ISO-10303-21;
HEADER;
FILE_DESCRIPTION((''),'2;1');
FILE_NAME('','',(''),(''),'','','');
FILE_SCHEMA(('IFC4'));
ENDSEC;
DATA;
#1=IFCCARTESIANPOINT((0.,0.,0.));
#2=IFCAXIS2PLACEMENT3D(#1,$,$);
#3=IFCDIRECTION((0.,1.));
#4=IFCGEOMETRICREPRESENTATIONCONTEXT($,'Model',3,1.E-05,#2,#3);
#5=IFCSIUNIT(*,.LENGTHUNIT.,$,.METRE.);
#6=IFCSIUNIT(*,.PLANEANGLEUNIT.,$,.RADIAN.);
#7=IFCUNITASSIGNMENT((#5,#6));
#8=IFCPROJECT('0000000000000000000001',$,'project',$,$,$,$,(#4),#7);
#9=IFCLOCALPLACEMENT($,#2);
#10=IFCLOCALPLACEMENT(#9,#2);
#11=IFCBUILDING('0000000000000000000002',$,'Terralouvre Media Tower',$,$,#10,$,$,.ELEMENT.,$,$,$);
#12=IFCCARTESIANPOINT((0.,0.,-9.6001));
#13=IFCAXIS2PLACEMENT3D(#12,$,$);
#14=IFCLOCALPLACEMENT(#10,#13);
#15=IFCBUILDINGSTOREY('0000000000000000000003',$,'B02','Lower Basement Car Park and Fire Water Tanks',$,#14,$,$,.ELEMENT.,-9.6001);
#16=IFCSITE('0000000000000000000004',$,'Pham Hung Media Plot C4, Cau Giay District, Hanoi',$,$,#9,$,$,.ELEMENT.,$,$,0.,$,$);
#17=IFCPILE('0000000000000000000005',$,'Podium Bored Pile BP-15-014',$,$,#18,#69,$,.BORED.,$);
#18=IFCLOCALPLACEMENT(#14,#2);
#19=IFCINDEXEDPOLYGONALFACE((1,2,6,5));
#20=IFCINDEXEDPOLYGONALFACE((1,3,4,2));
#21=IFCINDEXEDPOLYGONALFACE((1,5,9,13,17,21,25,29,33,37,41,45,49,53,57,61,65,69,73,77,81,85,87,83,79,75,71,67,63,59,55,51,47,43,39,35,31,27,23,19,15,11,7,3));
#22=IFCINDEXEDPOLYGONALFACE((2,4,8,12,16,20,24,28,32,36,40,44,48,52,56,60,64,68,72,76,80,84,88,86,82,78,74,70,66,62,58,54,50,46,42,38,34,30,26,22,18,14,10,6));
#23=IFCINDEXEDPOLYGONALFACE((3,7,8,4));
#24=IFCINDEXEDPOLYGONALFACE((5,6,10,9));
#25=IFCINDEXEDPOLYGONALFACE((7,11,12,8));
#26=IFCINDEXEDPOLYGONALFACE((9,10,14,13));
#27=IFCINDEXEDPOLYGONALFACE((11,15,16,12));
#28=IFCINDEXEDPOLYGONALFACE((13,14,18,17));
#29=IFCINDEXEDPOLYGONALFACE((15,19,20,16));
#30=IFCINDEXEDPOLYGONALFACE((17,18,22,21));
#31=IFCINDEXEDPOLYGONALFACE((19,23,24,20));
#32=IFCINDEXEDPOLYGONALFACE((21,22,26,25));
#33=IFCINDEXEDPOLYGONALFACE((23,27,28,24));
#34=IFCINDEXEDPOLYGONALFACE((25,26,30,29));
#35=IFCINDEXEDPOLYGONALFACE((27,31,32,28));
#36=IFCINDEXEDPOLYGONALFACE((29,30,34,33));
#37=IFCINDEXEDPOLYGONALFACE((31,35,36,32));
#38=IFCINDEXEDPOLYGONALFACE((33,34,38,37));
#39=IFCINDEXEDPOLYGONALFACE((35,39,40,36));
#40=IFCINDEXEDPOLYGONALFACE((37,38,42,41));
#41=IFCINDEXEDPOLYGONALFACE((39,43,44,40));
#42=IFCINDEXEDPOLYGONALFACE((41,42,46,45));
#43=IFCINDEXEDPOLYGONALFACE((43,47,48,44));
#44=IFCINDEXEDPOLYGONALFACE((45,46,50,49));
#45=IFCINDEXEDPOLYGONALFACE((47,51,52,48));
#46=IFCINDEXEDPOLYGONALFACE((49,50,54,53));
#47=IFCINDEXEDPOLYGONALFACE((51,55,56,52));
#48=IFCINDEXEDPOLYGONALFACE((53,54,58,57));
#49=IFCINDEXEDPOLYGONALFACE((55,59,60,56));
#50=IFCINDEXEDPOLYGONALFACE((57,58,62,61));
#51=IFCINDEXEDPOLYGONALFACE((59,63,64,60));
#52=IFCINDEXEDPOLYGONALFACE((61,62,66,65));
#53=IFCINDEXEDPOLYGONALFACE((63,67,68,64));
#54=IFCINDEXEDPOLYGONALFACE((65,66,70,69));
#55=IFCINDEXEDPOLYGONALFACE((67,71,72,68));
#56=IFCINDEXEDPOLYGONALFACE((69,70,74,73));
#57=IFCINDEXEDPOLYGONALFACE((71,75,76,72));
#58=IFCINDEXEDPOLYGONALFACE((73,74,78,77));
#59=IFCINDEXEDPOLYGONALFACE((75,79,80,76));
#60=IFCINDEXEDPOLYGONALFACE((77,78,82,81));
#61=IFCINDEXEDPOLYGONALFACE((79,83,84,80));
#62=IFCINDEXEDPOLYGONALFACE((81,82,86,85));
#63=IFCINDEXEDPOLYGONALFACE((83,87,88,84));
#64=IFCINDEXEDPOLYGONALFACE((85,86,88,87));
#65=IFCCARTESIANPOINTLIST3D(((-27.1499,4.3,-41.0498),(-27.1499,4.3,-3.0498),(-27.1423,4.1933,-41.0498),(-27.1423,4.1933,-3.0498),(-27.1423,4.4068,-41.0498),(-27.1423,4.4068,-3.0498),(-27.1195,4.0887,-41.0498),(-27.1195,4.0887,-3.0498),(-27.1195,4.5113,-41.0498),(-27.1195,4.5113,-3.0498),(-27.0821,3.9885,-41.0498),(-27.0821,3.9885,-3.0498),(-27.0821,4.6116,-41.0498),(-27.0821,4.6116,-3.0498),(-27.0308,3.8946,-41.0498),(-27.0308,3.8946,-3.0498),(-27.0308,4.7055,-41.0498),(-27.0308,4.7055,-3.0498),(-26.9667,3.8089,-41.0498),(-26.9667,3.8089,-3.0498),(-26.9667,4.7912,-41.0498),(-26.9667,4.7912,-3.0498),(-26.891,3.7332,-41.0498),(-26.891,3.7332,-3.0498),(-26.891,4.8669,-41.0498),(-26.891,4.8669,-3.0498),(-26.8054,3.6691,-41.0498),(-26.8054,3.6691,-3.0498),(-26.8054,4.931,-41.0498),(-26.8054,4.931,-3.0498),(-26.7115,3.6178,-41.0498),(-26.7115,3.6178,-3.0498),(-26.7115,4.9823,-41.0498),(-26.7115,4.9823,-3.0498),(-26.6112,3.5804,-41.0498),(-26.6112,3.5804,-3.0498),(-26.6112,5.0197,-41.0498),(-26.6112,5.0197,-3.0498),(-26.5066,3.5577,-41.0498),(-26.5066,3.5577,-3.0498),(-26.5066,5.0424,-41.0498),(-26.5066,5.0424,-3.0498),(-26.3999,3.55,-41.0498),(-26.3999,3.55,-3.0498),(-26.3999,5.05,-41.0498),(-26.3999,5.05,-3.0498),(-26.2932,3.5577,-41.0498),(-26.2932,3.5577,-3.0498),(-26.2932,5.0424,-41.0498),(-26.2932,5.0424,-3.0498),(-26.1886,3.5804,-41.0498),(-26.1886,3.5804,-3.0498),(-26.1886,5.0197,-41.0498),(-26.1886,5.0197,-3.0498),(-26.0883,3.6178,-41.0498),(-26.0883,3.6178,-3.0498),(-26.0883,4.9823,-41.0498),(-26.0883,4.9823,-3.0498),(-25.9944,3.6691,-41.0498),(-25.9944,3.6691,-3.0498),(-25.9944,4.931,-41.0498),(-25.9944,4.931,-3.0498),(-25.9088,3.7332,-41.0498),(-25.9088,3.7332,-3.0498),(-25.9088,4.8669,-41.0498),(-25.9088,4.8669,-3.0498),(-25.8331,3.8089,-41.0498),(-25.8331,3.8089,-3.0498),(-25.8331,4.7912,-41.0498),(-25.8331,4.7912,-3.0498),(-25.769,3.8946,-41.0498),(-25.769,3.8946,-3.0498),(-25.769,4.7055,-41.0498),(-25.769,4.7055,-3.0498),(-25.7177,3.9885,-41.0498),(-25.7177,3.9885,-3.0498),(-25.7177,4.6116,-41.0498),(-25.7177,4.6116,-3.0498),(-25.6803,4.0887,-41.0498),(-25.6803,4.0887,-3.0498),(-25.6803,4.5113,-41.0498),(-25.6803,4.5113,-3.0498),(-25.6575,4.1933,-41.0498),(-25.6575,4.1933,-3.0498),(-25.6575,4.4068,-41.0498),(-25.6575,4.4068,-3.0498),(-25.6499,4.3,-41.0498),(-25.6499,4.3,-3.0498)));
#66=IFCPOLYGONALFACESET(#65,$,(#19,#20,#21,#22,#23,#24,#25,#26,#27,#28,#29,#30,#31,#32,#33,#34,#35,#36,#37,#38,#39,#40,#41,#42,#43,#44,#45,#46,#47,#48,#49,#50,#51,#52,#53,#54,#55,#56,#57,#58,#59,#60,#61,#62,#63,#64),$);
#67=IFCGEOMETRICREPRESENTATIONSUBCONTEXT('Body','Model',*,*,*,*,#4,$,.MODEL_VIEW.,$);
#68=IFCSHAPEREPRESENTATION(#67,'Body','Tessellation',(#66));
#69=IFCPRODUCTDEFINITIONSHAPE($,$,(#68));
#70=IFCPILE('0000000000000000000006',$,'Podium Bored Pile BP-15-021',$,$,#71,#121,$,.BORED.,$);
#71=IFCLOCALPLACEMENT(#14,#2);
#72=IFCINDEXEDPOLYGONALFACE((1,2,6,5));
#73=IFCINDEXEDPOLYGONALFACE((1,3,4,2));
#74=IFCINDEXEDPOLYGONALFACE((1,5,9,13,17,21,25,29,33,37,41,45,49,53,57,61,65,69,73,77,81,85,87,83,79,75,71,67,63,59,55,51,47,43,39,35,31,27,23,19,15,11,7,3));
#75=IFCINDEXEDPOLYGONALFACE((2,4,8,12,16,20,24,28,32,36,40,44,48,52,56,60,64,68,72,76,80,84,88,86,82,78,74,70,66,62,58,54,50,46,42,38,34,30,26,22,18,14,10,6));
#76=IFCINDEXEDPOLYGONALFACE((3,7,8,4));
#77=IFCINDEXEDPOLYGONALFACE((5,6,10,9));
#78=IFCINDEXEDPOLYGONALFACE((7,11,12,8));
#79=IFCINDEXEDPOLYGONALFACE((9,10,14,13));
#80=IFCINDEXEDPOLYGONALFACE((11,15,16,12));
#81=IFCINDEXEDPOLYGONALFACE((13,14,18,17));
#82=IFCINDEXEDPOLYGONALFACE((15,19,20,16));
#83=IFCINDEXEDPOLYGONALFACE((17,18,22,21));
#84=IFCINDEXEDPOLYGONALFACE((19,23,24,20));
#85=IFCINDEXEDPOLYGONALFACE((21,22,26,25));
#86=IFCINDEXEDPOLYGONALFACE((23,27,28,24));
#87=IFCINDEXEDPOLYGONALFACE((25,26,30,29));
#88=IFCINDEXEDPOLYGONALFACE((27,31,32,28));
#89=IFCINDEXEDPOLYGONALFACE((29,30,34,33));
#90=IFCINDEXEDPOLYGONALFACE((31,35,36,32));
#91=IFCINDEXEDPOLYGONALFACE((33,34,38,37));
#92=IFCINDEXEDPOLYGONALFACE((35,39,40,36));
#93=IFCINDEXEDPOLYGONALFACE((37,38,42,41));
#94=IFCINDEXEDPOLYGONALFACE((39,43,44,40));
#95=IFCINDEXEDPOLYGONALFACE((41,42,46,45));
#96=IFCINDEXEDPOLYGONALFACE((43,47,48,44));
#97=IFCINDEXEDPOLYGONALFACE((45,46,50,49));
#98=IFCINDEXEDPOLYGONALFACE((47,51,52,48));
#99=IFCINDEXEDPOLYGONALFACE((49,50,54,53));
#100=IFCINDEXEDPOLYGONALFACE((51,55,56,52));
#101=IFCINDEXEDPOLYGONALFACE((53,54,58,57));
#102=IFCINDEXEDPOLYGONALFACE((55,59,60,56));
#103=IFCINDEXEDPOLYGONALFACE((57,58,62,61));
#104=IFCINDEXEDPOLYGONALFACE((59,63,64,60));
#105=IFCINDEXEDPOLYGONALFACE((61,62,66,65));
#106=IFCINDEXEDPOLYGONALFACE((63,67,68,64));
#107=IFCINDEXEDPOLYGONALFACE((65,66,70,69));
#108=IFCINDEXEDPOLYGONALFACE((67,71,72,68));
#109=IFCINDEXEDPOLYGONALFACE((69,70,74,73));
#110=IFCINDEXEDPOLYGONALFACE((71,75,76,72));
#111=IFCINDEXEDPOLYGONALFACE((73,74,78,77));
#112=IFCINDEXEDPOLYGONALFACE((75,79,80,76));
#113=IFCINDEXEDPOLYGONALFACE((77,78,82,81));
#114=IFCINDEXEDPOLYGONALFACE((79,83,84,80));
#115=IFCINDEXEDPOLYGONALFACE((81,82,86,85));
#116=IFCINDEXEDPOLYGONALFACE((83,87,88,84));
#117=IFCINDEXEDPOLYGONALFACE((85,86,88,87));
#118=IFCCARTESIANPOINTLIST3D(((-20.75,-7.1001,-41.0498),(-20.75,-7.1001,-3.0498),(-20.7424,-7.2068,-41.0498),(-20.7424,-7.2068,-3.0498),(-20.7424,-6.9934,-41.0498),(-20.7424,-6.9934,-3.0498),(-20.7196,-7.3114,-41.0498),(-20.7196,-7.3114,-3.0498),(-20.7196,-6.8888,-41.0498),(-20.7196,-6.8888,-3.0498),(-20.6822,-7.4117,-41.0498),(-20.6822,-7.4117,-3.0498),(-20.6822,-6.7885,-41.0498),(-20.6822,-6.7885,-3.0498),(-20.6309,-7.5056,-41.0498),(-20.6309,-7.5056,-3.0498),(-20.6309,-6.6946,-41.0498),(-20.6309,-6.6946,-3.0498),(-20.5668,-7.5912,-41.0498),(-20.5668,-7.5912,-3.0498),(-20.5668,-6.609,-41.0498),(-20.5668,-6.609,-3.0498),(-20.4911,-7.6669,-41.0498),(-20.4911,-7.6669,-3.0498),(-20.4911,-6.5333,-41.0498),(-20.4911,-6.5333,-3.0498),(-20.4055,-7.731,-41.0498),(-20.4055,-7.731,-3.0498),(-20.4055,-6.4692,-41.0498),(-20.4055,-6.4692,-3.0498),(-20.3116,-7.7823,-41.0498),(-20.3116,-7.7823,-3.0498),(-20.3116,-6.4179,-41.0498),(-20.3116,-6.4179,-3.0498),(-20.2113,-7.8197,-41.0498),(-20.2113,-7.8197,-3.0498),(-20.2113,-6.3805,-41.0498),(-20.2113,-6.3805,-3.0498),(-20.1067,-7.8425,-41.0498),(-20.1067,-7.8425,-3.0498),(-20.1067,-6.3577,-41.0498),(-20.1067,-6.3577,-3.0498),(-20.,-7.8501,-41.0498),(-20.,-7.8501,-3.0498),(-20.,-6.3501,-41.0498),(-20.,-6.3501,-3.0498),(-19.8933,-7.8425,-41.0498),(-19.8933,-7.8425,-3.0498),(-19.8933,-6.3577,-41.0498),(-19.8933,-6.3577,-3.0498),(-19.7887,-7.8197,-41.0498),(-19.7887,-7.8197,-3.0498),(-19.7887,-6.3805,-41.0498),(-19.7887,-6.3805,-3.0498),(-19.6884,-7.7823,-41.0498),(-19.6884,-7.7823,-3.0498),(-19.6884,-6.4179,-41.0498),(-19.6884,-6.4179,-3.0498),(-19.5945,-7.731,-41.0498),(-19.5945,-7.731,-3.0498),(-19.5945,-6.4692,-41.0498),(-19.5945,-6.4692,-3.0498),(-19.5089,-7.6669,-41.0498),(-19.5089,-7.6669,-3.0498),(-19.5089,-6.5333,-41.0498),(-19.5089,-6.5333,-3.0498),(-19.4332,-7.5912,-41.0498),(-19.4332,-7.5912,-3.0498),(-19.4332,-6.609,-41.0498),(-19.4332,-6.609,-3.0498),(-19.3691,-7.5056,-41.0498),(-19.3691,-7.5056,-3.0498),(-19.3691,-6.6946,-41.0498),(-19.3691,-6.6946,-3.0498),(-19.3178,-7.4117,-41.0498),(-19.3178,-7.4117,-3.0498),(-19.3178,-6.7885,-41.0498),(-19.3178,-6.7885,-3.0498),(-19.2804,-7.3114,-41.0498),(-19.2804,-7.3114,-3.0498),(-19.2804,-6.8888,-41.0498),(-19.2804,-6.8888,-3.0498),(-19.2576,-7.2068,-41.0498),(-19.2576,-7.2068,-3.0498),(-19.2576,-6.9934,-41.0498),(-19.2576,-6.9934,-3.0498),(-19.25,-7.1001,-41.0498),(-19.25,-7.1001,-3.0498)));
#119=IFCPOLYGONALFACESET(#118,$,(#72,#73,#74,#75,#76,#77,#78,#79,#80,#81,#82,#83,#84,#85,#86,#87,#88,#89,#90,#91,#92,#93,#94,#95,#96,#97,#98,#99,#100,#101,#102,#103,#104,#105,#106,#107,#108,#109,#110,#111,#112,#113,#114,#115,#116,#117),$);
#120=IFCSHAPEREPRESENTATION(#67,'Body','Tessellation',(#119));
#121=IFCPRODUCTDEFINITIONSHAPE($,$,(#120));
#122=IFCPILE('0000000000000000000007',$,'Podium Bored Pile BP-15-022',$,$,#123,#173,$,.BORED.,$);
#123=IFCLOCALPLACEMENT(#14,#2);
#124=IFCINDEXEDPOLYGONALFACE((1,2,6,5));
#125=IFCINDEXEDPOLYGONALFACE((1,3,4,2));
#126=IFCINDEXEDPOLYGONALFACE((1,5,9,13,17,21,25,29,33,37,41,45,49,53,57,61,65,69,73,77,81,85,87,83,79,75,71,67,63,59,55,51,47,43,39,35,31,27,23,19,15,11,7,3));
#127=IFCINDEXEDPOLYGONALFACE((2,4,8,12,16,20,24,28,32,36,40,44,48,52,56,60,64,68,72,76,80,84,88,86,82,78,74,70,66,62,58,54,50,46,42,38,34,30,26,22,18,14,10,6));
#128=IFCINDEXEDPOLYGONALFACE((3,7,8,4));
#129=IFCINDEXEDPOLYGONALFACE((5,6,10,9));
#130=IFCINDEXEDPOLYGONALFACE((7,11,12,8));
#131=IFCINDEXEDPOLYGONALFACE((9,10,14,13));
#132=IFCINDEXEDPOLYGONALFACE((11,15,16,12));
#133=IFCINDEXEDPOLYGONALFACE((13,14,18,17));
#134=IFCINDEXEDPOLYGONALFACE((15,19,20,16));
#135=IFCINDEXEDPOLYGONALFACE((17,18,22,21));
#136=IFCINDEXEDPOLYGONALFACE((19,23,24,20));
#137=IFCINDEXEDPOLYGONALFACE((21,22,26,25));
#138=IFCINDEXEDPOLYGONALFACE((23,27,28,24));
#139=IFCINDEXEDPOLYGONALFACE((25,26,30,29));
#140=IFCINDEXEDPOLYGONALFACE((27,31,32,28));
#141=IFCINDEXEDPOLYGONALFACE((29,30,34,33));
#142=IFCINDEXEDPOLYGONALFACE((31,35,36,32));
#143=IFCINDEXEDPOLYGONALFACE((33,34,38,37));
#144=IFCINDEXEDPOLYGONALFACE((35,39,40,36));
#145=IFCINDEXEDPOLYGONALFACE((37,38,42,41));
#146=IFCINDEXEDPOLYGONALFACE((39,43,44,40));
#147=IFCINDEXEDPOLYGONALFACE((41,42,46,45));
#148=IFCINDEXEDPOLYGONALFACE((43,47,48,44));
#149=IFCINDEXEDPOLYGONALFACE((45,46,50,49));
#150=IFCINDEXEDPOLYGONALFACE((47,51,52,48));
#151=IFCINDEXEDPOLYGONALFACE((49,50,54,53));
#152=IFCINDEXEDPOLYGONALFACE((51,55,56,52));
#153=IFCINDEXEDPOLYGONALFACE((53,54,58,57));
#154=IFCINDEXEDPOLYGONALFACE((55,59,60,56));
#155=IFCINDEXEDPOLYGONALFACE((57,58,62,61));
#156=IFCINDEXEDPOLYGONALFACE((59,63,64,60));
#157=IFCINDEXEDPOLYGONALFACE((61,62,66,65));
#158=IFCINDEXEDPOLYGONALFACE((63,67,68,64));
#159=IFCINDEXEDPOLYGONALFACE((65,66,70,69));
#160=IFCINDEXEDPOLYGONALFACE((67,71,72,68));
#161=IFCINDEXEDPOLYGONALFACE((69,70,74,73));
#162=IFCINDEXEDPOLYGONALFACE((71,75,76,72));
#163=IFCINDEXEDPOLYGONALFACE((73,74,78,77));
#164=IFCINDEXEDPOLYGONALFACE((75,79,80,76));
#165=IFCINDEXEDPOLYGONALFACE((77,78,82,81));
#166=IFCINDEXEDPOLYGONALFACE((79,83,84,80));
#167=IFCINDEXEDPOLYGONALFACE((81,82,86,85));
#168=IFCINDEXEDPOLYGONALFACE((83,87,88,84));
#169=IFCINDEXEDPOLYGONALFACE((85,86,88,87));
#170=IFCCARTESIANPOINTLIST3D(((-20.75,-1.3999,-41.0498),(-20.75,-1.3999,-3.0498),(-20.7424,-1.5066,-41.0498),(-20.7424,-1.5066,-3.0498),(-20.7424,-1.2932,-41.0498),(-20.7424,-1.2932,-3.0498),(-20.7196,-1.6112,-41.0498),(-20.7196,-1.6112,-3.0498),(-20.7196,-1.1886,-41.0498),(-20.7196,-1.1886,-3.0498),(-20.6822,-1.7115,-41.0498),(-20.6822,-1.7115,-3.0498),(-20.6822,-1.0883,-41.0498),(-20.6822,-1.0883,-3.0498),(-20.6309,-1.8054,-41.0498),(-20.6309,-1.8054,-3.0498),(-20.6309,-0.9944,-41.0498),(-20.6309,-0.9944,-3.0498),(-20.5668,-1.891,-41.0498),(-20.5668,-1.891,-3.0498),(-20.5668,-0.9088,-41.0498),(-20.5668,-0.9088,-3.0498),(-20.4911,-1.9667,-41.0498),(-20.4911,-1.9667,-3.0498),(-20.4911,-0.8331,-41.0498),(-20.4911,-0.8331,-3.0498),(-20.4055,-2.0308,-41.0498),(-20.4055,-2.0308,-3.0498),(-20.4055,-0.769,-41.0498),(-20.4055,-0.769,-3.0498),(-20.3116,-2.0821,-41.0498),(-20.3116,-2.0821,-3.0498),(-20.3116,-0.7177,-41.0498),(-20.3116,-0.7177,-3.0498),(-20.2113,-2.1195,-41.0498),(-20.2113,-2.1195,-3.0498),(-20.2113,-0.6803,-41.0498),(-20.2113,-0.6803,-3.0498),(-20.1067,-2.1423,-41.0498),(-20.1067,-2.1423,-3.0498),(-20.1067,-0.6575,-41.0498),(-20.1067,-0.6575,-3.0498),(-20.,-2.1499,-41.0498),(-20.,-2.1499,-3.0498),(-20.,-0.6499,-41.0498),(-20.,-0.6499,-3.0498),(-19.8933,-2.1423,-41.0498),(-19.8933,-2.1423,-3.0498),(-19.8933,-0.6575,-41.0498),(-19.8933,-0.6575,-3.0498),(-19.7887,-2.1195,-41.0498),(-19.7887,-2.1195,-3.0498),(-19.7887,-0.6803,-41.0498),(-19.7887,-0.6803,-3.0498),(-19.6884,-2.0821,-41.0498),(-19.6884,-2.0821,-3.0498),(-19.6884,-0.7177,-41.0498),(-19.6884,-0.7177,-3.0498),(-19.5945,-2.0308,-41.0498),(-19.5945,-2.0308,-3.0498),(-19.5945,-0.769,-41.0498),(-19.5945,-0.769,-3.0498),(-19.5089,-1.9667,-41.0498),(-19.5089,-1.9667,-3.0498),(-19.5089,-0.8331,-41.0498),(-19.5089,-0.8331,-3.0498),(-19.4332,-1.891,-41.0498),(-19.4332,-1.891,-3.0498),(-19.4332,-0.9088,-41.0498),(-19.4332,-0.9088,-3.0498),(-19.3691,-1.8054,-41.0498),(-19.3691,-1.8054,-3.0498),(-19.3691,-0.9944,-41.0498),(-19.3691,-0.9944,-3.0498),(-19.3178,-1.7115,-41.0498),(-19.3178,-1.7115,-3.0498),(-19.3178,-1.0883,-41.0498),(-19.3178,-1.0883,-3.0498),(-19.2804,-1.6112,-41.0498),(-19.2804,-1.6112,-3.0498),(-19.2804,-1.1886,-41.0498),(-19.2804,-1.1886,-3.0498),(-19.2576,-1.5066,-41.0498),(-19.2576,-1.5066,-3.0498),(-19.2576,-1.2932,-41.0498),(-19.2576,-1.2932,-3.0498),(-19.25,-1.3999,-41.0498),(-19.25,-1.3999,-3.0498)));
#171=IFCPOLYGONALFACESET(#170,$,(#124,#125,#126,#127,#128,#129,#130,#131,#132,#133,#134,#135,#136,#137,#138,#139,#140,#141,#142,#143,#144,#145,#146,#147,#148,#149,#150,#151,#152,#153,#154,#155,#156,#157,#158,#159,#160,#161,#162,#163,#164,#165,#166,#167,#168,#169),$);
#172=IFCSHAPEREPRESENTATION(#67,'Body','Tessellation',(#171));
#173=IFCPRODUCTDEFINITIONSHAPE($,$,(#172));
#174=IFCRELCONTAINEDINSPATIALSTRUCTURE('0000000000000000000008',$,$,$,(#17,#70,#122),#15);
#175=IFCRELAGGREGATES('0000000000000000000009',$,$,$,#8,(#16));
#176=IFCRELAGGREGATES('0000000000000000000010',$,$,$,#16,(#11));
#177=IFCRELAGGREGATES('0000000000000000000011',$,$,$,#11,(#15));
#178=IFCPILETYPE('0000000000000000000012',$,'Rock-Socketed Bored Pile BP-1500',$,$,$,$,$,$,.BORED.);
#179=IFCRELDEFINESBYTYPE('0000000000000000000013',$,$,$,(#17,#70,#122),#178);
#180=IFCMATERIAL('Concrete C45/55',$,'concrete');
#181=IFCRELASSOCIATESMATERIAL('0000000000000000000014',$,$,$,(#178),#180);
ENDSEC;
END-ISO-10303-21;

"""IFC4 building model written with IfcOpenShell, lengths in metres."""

from ifc_helpers import new_model, si_unit, direction, frame, origin, origin_2d, place, context, subcontext, project, spatial, circle, extrude, material, material_profile, profile_set, type_object, element, save


model = new_model("IFC4")

# Units and contexts
model_context = context("Model", 3, precision=1e-05, world=origin(), true_north=direction((0.0, 1.0)))
body_context = subcontext(model_context, "Body", "Model", "MODEL_VIEW")
ifc_project = project(units=[si_unit("LENGTHUNIT", "METRE"), si_unit("PLANEANGLEUNIT", "RADIAN")], contexts=[model_context])

# Site, building, storey
site_placement = place(None, origin())
site = spatial("IfcSite", under=ifc_project, at=site_placement, Name="Pham Hung Media Plot C4, Cau Giay District, Hanoi", CompositionType="ELEMENT", RefElevation=0.0)
building_placement = place(site_placement, origin())
building = spatial("IfcBuilding", under=site, at=building_placement, Name="Terralouvre Media Tower", CompositionType="ELEMENT")
storey_placement = place(building_placement, frame((0.0, 0.0, -9.6001)))
storey = spatial("IfcBuildingStorey", under=building, at=storey_placement, Name="B02", Description="Lower Basement Car Park and Fire Water Tanks", CompositionType="ELEMENT", Elevation=-9.6001)

# Piles
ifc_material_1 = material(Name="Concrete C45/55", Category="concrete")
ifc_material_profile_1 = material_profile(ifc_material_1, circle(Radius=0.75, at=origin_2d()), Name="BORED PILE 1500")
ifc_profile_set_1 = profile_set([ifc_material_profile_1], Name="Concrete C45/55")
pile_type_1 = type_object("IfcPileType", Name="Rock-Socketed Bored Pile BP-1500", PredefinedType="BORED", material=ifc_profile_set_1)
for number, where, z_axis, x_axis, name in (
    (1, (-26.3999, 4.3, -3.0498), (0.0, 0.0, -1.0), (1.0, 0.0, 0.0), "Podium Bored Pile BP-15-014"),
    (2, (-20.0, -7.1001, -3.0498), (0.0, 0.0, -1.0), (1.0, 0.0, 0.0), "Podium Bored Pile BP-15-021"),
    (3, (-20.0, -1.3999, -3.0498), (0.0, 0.0, -1.0), (1.0, 0.0, 0.0), "Podium Bored Pile BP-15-022"),
):
    element("IfcPile", number, at=place(storey_placement, frame(where, z_axis=z_axis, x_axis=x_axis)), inside=storey, type_object=pile_type_1, Name=name, PredefinedType="BORED", context=body_context, shape_type="SweptSolid", body=[
        extrude(circle(Radius=0.75, at=origin_2d()), origin(), (0.0, 0.0, 1.0), 38.0),
    ])

save(model, "model.ifc")
